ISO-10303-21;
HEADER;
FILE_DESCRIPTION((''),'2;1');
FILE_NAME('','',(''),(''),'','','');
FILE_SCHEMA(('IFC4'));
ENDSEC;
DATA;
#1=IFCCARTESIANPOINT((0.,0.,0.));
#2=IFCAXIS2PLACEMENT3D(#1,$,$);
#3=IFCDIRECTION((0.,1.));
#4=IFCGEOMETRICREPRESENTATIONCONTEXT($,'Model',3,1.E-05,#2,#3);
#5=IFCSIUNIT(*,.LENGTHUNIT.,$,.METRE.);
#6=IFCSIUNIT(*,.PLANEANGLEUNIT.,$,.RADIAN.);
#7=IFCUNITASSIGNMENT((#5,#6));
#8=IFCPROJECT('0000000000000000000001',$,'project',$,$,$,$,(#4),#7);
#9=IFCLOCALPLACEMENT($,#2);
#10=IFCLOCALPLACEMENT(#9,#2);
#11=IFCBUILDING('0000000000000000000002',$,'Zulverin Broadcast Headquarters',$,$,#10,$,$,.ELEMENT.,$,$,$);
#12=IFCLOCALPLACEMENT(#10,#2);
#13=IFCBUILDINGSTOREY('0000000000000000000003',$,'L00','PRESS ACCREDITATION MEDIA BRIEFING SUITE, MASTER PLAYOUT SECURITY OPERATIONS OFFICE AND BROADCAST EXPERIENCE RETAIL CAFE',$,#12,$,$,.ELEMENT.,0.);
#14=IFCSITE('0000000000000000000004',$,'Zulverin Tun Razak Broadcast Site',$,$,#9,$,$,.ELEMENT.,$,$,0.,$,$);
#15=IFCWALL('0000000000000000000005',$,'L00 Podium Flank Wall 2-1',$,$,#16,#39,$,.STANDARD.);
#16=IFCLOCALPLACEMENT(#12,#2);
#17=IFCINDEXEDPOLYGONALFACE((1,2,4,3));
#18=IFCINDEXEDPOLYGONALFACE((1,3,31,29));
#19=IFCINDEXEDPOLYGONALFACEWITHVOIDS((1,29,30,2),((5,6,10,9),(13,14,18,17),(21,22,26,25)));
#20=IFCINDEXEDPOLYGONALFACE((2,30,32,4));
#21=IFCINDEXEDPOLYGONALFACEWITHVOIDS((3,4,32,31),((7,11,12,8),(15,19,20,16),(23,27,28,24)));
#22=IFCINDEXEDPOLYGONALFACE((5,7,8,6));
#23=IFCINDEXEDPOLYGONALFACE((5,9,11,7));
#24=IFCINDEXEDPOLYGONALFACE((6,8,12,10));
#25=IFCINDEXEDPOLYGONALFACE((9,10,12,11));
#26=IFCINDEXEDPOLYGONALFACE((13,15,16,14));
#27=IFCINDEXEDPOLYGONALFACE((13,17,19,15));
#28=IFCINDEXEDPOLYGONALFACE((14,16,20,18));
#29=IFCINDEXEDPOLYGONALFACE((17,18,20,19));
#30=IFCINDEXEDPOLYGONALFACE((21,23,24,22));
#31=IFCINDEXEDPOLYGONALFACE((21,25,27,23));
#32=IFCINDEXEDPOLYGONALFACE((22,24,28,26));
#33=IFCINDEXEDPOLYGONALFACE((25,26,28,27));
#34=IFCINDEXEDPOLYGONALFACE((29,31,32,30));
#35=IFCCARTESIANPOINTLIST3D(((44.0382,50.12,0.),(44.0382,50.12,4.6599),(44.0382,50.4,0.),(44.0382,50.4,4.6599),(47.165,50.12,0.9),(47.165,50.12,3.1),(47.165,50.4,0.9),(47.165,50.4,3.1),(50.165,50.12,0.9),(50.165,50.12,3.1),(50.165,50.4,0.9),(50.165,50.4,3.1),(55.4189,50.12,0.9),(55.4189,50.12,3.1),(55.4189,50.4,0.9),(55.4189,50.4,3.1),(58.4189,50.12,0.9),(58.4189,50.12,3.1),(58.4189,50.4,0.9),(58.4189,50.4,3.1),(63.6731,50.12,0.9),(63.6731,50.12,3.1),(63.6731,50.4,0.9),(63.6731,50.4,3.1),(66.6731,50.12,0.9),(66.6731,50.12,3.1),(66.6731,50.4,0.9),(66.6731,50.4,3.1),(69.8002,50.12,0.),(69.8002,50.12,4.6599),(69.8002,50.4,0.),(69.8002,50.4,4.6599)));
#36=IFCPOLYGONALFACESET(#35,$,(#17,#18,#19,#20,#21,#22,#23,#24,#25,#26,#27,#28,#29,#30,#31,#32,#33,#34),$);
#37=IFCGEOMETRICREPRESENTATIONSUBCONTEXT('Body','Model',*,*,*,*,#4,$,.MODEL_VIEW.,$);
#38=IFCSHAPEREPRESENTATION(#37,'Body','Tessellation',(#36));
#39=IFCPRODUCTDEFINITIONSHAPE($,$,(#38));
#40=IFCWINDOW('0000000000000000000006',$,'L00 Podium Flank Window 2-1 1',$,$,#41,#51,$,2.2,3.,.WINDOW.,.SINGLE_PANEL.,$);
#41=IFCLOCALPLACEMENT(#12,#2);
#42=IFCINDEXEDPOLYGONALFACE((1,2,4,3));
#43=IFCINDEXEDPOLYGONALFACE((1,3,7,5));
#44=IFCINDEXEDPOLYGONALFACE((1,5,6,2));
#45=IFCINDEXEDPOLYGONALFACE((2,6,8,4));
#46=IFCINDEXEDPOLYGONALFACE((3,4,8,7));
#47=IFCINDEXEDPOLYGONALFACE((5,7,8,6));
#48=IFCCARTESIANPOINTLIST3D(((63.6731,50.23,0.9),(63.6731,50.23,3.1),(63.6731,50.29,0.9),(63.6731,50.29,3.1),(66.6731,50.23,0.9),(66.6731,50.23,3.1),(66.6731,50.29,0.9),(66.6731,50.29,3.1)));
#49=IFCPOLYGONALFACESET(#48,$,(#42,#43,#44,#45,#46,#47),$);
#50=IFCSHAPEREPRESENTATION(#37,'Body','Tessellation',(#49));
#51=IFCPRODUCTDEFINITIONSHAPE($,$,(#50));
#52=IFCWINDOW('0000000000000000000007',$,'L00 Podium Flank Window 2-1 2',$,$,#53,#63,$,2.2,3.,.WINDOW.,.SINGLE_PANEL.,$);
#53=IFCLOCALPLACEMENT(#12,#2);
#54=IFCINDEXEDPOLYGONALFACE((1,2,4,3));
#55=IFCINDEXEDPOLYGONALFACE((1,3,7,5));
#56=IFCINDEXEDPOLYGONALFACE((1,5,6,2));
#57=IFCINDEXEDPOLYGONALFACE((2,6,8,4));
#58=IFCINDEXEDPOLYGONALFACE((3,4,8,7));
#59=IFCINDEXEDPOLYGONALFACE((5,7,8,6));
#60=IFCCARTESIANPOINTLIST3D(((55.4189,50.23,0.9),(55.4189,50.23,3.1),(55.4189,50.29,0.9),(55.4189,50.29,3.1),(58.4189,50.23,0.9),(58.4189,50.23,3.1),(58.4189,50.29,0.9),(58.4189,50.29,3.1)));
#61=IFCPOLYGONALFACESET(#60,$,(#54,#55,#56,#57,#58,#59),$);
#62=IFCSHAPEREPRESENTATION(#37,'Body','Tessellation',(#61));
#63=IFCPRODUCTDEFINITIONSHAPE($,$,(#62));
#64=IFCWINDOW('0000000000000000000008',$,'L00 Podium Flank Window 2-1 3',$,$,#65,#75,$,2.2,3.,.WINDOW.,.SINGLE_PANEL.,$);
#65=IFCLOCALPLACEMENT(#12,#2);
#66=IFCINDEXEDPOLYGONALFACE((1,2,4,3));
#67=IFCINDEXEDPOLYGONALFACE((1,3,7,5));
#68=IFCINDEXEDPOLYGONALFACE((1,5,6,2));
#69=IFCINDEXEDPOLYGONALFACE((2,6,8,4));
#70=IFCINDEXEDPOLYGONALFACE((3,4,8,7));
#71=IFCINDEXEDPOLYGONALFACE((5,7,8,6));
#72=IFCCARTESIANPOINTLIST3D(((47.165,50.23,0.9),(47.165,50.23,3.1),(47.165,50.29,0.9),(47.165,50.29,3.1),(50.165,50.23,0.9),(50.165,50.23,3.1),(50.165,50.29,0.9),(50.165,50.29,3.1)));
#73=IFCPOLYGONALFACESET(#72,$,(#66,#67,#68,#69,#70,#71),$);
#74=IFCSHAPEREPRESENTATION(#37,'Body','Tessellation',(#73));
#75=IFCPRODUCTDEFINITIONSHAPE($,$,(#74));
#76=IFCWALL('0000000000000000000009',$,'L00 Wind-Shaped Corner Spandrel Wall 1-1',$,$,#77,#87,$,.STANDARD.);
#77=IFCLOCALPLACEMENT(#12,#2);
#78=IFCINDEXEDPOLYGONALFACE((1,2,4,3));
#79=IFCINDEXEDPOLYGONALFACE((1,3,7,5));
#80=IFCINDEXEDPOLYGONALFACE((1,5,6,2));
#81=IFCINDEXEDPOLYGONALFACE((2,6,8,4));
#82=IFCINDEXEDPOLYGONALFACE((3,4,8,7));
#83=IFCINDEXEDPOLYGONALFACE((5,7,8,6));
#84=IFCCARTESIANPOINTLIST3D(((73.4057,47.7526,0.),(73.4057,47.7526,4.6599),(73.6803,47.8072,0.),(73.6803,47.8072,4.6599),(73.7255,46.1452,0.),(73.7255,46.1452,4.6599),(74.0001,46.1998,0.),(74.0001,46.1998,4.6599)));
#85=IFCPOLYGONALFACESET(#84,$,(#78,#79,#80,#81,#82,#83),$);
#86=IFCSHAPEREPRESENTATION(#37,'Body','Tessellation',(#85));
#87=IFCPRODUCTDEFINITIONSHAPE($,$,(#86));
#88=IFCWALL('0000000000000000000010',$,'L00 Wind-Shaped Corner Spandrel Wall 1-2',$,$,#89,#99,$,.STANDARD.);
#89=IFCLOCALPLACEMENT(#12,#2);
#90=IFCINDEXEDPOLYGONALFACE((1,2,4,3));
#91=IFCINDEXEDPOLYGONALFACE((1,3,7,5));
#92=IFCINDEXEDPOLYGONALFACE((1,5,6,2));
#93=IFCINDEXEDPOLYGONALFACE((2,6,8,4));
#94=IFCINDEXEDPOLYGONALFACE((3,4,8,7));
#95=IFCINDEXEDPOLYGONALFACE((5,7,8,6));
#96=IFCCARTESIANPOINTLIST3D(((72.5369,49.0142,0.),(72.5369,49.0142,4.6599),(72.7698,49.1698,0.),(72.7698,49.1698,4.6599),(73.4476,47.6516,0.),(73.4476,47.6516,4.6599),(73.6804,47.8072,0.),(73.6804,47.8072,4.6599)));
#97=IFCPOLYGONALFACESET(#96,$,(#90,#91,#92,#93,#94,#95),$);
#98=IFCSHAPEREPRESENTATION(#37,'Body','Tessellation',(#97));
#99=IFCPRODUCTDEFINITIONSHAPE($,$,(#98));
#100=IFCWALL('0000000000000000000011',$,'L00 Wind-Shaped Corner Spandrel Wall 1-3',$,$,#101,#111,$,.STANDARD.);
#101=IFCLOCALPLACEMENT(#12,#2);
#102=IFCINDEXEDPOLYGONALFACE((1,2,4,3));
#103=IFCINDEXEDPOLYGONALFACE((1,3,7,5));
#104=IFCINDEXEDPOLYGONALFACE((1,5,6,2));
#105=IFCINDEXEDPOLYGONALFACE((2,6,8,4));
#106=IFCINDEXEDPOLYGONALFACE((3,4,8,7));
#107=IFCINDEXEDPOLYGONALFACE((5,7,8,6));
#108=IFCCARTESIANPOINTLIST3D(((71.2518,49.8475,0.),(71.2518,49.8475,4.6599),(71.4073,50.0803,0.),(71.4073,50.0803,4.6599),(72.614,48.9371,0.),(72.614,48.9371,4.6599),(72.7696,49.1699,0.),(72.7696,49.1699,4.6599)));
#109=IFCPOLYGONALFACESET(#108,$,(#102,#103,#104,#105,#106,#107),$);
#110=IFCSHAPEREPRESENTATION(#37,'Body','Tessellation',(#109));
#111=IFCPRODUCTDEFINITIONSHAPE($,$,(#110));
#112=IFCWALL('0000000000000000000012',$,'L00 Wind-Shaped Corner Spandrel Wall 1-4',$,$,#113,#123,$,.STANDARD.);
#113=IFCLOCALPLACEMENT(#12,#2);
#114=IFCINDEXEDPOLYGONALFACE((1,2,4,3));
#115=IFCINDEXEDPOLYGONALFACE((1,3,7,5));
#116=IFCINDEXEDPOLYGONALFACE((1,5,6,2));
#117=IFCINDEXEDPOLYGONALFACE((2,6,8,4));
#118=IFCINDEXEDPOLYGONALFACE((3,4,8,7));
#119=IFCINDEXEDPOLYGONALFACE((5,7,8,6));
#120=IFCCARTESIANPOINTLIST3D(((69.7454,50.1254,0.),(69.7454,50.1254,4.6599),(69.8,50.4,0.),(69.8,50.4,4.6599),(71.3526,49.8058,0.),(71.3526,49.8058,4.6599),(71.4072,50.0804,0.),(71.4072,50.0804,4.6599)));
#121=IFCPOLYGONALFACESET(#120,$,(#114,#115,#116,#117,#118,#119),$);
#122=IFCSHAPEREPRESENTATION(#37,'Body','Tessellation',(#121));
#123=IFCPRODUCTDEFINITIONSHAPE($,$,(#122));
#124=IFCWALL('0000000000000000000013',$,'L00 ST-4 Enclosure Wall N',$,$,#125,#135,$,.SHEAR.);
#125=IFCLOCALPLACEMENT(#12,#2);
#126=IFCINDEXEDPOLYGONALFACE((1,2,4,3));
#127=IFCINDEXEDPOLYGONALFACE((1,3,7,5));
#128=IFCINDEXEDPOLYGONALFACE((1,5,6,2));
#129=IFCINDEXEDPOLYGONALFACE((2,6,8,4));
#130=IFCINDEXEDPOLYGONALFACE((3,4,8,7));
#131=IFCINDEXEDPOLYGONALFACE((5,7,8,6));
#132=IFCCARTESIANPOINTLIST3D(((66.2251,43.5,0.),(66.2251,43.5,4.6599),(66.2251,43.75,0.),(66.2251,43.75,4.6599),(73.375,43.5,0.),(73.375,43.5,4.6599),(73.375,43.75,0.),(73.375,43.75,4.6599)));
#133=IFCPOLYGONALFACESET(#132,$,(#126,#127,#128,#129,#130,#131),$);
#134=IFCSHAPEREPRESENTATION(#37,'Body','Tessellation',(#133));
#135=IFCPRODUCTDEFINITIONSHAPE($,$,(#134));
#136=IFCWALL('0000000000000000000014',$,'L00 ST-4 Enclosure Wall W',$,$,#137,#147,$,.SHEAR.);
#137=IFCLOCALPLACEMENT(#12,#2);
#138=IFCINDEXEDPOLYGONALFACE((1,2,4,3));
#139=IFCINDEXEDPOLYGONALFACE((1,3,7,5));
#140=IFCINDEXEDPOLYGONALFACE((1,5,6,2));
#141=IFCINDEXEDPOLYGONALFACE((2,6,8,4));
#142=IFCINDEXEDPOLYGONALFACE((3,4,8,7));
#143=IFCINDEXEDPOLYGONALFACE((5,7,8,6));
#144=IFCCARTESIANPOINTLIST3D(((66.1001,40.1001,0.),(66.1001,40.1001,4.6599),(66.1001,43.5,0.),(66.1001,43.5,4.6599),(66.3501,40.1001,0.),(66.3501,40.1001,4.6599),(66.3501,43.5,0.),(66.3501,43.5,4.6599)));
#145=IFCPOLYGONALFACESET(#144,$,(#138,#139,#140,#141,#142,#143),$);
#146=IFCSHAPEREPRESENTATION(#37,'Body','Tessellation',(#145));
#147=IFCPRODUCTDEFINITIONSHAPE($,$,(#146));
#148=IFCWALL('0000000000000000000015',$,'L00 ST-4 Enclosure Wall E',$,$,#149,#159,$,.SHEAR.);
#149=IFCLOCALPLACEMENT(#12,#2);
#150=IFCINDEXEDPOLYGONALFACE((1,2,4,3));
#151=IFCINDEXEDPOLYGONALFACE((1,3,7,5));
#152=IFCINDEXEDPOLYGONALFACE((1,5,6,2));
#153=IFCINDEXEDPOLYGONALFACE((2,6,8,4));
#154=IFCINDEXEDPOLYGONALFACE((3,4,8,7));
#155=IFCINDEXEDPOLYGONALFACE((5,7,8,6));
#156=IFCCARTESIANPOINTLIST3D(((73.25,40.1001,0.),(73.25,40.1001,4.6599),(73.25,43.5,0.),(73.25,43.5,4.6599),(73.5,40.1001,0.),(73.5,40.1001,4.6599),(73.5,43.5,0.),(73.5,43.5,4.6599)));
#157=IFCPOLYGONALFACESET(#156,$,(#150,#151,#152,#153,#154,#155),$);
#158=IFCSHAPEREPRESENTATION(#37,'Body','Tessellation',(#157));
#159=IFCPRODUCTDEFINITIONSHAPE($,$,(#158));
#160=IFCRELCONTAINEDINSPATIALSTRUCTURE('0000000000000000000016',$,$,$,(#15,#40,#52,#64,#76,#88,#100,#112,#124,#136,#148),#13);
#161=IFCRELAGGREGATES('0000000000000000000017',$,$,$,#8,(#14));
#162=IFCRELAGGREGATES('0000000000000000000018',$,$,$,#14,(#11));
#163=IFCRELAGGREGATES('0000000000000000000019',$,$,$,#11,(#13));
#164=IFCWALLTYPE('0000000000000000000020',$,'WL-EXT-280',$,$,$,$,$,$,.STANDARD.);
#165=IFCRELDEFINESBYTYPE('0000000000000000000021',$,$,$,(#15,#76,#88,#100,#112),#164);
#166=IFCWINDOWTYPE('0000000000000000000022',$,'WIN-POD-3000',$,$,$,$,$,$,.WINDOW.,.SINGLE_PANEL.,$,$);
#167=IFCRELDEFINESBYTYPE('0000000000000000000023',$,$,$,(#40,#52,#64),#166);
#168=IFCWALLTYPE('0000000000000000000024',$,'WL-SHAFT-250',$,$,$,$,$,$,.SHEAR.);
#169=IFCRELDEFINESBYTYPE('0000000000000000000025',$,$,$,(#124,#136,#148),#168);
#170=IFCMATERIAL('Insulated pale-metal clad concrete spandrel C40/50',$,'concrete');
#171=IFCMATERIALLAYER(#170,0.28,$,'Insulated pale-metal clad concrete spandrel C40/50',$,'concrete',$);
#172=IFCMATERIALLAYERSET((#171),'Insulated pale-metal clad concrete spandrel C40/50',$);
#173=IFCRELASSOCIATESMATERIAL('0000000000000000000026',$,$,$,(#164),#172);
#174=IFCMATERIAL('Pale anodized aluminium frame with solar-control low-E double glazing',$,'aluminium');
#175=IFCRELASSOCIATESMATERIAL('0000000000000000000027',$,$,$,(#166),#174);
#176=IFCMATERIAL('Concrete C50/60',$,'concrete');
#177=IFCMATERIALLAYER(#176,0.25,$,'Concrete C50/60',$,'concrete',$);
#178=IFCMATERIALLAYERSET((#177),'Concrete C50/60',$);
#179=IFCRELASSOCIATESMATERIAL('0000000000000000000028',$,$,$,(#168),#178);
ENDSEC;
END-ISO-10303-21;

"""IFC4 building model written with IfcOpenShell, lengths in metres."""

from ifc_helpers import new_model, si_unit, direction, frame, frame_2d, origin, place, context, subcontext, project, spatial, rectangle, extrude, material, layer, layer_set, type_object, element, fill, save


model = new_model("IFC4")

# Units and contexts
model_context = context("Model", 3, precision=1e-05, world=origin(), true_north=direction((0.0, 1.0)))
body_context = subcontext(model_context, "Body", "Model", "MODEL_VIEW")
ifc_project = project(units=[si_unit("LENGTHUNIT", "METRE"), si_unit("PLANEANGLEUNIT", "RADIAN")], contexts=[model_context])

# Site, building, storey
site_placement = place(None, origin())
site = spatial("IfcSite", under=ifc_project, at=site_placement, Name="Zulverin Tun Razak Broadcast Site", CompositionType="ELEMENT", RefElevation=0.0)
building_placement = place(site_placement, origin())
building = spatial("IfcBuilding", under=site, at=building_placement, Name="Zulverin Broadcast Headquarters", CompositionType="ELEMENT")
storey_placement = place(building_placement, origin())
storey = spatial("IfcBuildingStorey", under=building, at=storey_placement, Name="L00", Description="PRESS ACCREDITATION MEDIA BRIEFING SUITE, MASTER PLAYOUT SECURITY OPERATIONS OFFICE AND BROADCAST EXPERIENCE RETAIL CAFE", CompositionType="ELEMENT", Elevation=0.0)

# Shared definitions
ifc_material_1 = material(Name="Concrete C50/60", Category="concrete")

# Shared definitions
ifc_material_2 = material(Name="Insulated pale-metal clad concrete spandrel C40/50", Category="concrete")
ifc_layer_1 = layer(ifc_material_2, 0.28, Name="Insulated pale-metal clad concrete spandrel C40/50", Category="concrete")
ifc_layer_set_1 = layer_set([ifc_layer_1], Name="Insulated pale-metal clad concrete spandrel C40/50")
wall_type_1 = type_object("IfcWallType", Name="WL-EXT-280", PredefinedType="STANDARD", material=ifc_layer_set_1)

# Wall, openings, windows
wall_1_placement = place(storey_placement, frame((69.8, 50.26, 0.0), z_axis=(0.0, 0.0, 1.0), x_axis=(-1.0, 0.0, 0.0)))
wall_1 = element("IfcWall", 1, at=wall_1_placement, inside=storey, type_object=wall_type_1, Name="L00 Podium Flank Wall 2-1", PredefinedType="STANDARD", context=body_context, shape_type="SweptSolid", body=[
    extrude(rectangle(XDim=25.762, YDim=0.28, at=frame_2d((12.8809, 0.0))), origin(), (0.0, 0.0, 1.0), 4.6599),
])
opening_1_placement = place(wall_1_placement, frame((3.127, 0.0, 0.8999)))
opening_1 = element("IfcOpeningElement", 2, at=opening_1_placement, cuts=wall_1, PredefinedType="OPENING", context=body_context, shape_type="SweptSolid", body=[
    extrude(rectangle(XDim=3.0, YDim=2.2, at=frame_2d((1.5, 1.1001))), frame((0.0, 0.1499, 0.0), z_axis=(0.0, -1.0, 0.0), x_axis=(1.0, 0.0, 0.0)), (0.0, 0.0, 1.0), 0.3),
])
opening_2_placement = place(wall_1_placement, frame((11.3811, 0.0, 0.8999)))
opening_2 = element("IfcOpeningElement", 3, at=opening_2_placement, cuts=wall_1, PredefinedType="OPENING", context=body_context, shape_type="SweptSolid", body=[
    extrude(rectangle(XDim=3.0, YDim=2.2, at=frame_2d((1.5, 1.1001))), frame((0.0, 0.1499, 0.0), z_axis=(0.0, -1.0, 0.0), x_axis=(1.0, 0.0, 0.0)), (0.0, 0.0, 1.0), 0.3),
])
opening_3_placement = place(wall_1_placement, frame((19.635, 0.0, 0.8999)))
opening_3 = element("IfcOpeningElement", 4, at=opening_3_placement, cuts=wall_1, PredefinedType="OPENING", context=body_context, shape_type="SweptSolid", body=[
    extrude(rectangle(XDim=3.0, YDim=2.2, at=frame_2d((1.5, 1.1001))), frame((0.0, 0.1499, 0.0), z_axis=(0.0, -1.0, 0.0), x_axis=(1.0, 0.0, 0.0)), (0.0, 0.0, 1.0), 0.3),
])
ifc_material_3 = material(Name="Pale anodized aluminium frame with solar-control low-E double glazing", Category="aluminium")
window_type = type_object("IfcWindowType", Name="WIN-POD-3000", PartitioningType="SINGLE_PANEL", PredefinedType="WINDOW", material=ifc_material_3)
window_1_placement = place(opening_1_placement, origin())
window_1 = element("IfcWindow", 5, at=window_1_placement, inside=storey, type_object=window_type, Name="L00 Podium Flank Window 2-1 1", OverallHeight=2.2, OverallWidth=3.0, PartitioningType="SINGLE_PANEL", PredefinedType="WINDOW", context=body_context, shape_type="SweptSolid", body=[
    extrude(rectangle(XDim=3.0, YDim=2.2, at=frame_2d((1.5, 1.1001))), frame((0.0, 0.03, 0.0), z_axis=(0.0, -1.0, 0.0), x_axis=(1.0, 0.0, 0.0)), (0.0, 0.0, 1.0), 0.0601),
])
fill(opening_1, window_1)
window_2_placement = place(opening_2_placement, origin())
window_2 = element("IfcWindow", 6, at=window_2_placement, inside=storey, type_object=window_type, Name="L00 Podium Flank Window 2-1 2", OverallHeight=2.2, OverallWidth=3.0, PartitioningType="SINGLE_PANEL", PredefinedType="WINDOW", context=body_context, shape_type="SweptSolid", body=[
    extrude(rectangle(XDim=3.0, YDim=2.2, at=frame_2d((1.5, 1.1001))), frame((0.0, 0.03, 0.0), z_axis=(0.0, -1.0, 0.0), x_axis=(1.0, 0.0, 0.0)), (0.0, 0.0, 1.0), 0.0601),
])
fill(opening_2, window_2)
window_3_placement = place(opening_3_placement, origin())
window_3 = element("IfcWindow", 7, at=window_3_placement, inside=storey, type_object=window_type, Name="L00 Podium Flank Window 2-1 3", OverallHeight=2.2, OverallWidth=3.0, PartitioningType="SINGLE_PANEL", PredefinedType="WINDOW", context=body_context, shape_type="SweptSolid", body=[
    extrude(rectangle(XDim=3.0, YDim=2.2, at=frame_2d((1.5, 1.1001))), frame((0.0, 0.03, 0.0), z_axis=(0.0, -1.0, 0.0), x_axis=(1.0, 0.0, 0.0)), (0.0, 0.0, 1.0), 0.0601),
])
fill(opening_3, window_3)

# Walls
for number, where, z_axis, x_axis, name in (
    (8, (73.8628, 46.1726, 0.0), (0.0, 0.0, 1.0), (-0.195142, 0.980775, 0.0), "L00 Wind-Shaped Corner Spandrel Wall 1-1"),
    (9, (73.564, 47.7295, 0.0), (0.0, 0.0, 1.0), (-0.555662, 0.831408, 0.0), "L00 Wind-Shaped Corner Spandrel Wall 1-2"),
):
    element("IfcWall", number, at=place(storey_placement, frame(where, z_axis=z_axis, x_axis=x_axis)), inside=storey, type_object=wall_type_1, Name=name, PredefinedType="STANDARD", context=body_context, shape_type="SweptSolid", body=[
        extrude(rectangle(XDim=1.6389, YDim=0.28, at=frame_2d((0.8193, 0.0))), origin(), (0.0, 0.0, 1.0), 4.6599),
    ])
wall_2_placement = place(storey_placement, frame((72.6919, 49.0535, 0.0), z_axis=(0.0, 0.0, 1.0), x_axis=(-0.831431, 0.555628, 0.0)))
element("IfcWall", 10, at=wall_2_placement, inside=storey, type_object=wall_type_1, Name="L00 Wind-Shaped Corner Spandrel Wall 1-3", PredefinedType="STANDARD", context=body_context, shape_type="SweptSolid", body=[
    extrude(rectangle(XDim=1.6384, YDim=0.28, at=frame_2d((0.8193, 0.0))), origin(), (0.0, 0.0, 1.0), 4.6599),
])
wall_3_placement = place(storey_placement, frame((71.3799, 49.9431, 0.0), z_axis=(0.0, 0.0, 1.0), x_axis=(-0.980798, 0.195027, 0.0)))
element("IfcWall", 11, at=wall_3_placement, inside=storey, type_object=wall_type_1, Name="L00 Wind-Shaped Corner Spandrel Wall 1-4", PredefinedType="STANDARD", context=body_context, shape_type="SweptSolid", body=[
    extrude(rectangle(XDim=1.6387, YDim=0.28, at=frame_2d((0.8193, 0.0))), origin(), (0.0, 0.0, 1.0), 4.6599),
])
ifc_layer_2 = layer(ifc_material_1, 0.25, Name="Concrete C50/60", Category="concrete")
ifc_layer_set_2 = layer_set([ifc_layer_2], Name="Concrete C50/60")
wall_type_2 = type_object("IfcWallType", Name="WL-SHAFT-250", PredefinedType="SHEAR", material=ifc_layer_set_2)
wall_4_placement = place(storey_placement, frame((66.2251, 43.625, 0.0), z_axis=(0.0, 0.0, 1.0), x_axis=(1.0, 0.0, 0.0)))
element("IfcWall", 12, at=wall_4_placement, inside=storey, type_object=wall_type_2, Name="L00 ST-4 Enclosure Wall N", PredefinedType="SHEAR", context=body_context, shape_type="SweptSolid", body=[
    extrude(rectangle(XDim=7.1499, YDim=0.25, at=frame_2d((3.575, 0.0))), origin(), (0.0, 0.0, 1.0), 4.6599),
])
for number, where, z_axis, x_axis, name in (
    (13, (66.2251, 40.1001, 0.0), (0.0, 0.0, 1.0), (0.0, 1.0, 0.0), "L00 ST-4 Enclosure Wall W"),
    (14, (73.375, 40.1001, 0.0), (0.0, 0.0, 1.0), (0.0, 1.0, 0.0), "L00 ST-4 Enclosure Wall E"),
):
    element("IfcWall", number, at=place(storey_placement, frame(where, z_axis=z_axis, x_axis=x_axis)), inside=storey, type_object=wall_type_2, Name=name, PredefinedType="SHEAR", context=body_context, shape_type="SweptSolid", body=[
        extrude(rectangle(XDim=3.3999, YDim=0.25, at=frame_2d((1.7, 0.0))), origin(), (0.0, 0.0, 1.0), 4.6599),
    ])

save(model, "model.ifc")
